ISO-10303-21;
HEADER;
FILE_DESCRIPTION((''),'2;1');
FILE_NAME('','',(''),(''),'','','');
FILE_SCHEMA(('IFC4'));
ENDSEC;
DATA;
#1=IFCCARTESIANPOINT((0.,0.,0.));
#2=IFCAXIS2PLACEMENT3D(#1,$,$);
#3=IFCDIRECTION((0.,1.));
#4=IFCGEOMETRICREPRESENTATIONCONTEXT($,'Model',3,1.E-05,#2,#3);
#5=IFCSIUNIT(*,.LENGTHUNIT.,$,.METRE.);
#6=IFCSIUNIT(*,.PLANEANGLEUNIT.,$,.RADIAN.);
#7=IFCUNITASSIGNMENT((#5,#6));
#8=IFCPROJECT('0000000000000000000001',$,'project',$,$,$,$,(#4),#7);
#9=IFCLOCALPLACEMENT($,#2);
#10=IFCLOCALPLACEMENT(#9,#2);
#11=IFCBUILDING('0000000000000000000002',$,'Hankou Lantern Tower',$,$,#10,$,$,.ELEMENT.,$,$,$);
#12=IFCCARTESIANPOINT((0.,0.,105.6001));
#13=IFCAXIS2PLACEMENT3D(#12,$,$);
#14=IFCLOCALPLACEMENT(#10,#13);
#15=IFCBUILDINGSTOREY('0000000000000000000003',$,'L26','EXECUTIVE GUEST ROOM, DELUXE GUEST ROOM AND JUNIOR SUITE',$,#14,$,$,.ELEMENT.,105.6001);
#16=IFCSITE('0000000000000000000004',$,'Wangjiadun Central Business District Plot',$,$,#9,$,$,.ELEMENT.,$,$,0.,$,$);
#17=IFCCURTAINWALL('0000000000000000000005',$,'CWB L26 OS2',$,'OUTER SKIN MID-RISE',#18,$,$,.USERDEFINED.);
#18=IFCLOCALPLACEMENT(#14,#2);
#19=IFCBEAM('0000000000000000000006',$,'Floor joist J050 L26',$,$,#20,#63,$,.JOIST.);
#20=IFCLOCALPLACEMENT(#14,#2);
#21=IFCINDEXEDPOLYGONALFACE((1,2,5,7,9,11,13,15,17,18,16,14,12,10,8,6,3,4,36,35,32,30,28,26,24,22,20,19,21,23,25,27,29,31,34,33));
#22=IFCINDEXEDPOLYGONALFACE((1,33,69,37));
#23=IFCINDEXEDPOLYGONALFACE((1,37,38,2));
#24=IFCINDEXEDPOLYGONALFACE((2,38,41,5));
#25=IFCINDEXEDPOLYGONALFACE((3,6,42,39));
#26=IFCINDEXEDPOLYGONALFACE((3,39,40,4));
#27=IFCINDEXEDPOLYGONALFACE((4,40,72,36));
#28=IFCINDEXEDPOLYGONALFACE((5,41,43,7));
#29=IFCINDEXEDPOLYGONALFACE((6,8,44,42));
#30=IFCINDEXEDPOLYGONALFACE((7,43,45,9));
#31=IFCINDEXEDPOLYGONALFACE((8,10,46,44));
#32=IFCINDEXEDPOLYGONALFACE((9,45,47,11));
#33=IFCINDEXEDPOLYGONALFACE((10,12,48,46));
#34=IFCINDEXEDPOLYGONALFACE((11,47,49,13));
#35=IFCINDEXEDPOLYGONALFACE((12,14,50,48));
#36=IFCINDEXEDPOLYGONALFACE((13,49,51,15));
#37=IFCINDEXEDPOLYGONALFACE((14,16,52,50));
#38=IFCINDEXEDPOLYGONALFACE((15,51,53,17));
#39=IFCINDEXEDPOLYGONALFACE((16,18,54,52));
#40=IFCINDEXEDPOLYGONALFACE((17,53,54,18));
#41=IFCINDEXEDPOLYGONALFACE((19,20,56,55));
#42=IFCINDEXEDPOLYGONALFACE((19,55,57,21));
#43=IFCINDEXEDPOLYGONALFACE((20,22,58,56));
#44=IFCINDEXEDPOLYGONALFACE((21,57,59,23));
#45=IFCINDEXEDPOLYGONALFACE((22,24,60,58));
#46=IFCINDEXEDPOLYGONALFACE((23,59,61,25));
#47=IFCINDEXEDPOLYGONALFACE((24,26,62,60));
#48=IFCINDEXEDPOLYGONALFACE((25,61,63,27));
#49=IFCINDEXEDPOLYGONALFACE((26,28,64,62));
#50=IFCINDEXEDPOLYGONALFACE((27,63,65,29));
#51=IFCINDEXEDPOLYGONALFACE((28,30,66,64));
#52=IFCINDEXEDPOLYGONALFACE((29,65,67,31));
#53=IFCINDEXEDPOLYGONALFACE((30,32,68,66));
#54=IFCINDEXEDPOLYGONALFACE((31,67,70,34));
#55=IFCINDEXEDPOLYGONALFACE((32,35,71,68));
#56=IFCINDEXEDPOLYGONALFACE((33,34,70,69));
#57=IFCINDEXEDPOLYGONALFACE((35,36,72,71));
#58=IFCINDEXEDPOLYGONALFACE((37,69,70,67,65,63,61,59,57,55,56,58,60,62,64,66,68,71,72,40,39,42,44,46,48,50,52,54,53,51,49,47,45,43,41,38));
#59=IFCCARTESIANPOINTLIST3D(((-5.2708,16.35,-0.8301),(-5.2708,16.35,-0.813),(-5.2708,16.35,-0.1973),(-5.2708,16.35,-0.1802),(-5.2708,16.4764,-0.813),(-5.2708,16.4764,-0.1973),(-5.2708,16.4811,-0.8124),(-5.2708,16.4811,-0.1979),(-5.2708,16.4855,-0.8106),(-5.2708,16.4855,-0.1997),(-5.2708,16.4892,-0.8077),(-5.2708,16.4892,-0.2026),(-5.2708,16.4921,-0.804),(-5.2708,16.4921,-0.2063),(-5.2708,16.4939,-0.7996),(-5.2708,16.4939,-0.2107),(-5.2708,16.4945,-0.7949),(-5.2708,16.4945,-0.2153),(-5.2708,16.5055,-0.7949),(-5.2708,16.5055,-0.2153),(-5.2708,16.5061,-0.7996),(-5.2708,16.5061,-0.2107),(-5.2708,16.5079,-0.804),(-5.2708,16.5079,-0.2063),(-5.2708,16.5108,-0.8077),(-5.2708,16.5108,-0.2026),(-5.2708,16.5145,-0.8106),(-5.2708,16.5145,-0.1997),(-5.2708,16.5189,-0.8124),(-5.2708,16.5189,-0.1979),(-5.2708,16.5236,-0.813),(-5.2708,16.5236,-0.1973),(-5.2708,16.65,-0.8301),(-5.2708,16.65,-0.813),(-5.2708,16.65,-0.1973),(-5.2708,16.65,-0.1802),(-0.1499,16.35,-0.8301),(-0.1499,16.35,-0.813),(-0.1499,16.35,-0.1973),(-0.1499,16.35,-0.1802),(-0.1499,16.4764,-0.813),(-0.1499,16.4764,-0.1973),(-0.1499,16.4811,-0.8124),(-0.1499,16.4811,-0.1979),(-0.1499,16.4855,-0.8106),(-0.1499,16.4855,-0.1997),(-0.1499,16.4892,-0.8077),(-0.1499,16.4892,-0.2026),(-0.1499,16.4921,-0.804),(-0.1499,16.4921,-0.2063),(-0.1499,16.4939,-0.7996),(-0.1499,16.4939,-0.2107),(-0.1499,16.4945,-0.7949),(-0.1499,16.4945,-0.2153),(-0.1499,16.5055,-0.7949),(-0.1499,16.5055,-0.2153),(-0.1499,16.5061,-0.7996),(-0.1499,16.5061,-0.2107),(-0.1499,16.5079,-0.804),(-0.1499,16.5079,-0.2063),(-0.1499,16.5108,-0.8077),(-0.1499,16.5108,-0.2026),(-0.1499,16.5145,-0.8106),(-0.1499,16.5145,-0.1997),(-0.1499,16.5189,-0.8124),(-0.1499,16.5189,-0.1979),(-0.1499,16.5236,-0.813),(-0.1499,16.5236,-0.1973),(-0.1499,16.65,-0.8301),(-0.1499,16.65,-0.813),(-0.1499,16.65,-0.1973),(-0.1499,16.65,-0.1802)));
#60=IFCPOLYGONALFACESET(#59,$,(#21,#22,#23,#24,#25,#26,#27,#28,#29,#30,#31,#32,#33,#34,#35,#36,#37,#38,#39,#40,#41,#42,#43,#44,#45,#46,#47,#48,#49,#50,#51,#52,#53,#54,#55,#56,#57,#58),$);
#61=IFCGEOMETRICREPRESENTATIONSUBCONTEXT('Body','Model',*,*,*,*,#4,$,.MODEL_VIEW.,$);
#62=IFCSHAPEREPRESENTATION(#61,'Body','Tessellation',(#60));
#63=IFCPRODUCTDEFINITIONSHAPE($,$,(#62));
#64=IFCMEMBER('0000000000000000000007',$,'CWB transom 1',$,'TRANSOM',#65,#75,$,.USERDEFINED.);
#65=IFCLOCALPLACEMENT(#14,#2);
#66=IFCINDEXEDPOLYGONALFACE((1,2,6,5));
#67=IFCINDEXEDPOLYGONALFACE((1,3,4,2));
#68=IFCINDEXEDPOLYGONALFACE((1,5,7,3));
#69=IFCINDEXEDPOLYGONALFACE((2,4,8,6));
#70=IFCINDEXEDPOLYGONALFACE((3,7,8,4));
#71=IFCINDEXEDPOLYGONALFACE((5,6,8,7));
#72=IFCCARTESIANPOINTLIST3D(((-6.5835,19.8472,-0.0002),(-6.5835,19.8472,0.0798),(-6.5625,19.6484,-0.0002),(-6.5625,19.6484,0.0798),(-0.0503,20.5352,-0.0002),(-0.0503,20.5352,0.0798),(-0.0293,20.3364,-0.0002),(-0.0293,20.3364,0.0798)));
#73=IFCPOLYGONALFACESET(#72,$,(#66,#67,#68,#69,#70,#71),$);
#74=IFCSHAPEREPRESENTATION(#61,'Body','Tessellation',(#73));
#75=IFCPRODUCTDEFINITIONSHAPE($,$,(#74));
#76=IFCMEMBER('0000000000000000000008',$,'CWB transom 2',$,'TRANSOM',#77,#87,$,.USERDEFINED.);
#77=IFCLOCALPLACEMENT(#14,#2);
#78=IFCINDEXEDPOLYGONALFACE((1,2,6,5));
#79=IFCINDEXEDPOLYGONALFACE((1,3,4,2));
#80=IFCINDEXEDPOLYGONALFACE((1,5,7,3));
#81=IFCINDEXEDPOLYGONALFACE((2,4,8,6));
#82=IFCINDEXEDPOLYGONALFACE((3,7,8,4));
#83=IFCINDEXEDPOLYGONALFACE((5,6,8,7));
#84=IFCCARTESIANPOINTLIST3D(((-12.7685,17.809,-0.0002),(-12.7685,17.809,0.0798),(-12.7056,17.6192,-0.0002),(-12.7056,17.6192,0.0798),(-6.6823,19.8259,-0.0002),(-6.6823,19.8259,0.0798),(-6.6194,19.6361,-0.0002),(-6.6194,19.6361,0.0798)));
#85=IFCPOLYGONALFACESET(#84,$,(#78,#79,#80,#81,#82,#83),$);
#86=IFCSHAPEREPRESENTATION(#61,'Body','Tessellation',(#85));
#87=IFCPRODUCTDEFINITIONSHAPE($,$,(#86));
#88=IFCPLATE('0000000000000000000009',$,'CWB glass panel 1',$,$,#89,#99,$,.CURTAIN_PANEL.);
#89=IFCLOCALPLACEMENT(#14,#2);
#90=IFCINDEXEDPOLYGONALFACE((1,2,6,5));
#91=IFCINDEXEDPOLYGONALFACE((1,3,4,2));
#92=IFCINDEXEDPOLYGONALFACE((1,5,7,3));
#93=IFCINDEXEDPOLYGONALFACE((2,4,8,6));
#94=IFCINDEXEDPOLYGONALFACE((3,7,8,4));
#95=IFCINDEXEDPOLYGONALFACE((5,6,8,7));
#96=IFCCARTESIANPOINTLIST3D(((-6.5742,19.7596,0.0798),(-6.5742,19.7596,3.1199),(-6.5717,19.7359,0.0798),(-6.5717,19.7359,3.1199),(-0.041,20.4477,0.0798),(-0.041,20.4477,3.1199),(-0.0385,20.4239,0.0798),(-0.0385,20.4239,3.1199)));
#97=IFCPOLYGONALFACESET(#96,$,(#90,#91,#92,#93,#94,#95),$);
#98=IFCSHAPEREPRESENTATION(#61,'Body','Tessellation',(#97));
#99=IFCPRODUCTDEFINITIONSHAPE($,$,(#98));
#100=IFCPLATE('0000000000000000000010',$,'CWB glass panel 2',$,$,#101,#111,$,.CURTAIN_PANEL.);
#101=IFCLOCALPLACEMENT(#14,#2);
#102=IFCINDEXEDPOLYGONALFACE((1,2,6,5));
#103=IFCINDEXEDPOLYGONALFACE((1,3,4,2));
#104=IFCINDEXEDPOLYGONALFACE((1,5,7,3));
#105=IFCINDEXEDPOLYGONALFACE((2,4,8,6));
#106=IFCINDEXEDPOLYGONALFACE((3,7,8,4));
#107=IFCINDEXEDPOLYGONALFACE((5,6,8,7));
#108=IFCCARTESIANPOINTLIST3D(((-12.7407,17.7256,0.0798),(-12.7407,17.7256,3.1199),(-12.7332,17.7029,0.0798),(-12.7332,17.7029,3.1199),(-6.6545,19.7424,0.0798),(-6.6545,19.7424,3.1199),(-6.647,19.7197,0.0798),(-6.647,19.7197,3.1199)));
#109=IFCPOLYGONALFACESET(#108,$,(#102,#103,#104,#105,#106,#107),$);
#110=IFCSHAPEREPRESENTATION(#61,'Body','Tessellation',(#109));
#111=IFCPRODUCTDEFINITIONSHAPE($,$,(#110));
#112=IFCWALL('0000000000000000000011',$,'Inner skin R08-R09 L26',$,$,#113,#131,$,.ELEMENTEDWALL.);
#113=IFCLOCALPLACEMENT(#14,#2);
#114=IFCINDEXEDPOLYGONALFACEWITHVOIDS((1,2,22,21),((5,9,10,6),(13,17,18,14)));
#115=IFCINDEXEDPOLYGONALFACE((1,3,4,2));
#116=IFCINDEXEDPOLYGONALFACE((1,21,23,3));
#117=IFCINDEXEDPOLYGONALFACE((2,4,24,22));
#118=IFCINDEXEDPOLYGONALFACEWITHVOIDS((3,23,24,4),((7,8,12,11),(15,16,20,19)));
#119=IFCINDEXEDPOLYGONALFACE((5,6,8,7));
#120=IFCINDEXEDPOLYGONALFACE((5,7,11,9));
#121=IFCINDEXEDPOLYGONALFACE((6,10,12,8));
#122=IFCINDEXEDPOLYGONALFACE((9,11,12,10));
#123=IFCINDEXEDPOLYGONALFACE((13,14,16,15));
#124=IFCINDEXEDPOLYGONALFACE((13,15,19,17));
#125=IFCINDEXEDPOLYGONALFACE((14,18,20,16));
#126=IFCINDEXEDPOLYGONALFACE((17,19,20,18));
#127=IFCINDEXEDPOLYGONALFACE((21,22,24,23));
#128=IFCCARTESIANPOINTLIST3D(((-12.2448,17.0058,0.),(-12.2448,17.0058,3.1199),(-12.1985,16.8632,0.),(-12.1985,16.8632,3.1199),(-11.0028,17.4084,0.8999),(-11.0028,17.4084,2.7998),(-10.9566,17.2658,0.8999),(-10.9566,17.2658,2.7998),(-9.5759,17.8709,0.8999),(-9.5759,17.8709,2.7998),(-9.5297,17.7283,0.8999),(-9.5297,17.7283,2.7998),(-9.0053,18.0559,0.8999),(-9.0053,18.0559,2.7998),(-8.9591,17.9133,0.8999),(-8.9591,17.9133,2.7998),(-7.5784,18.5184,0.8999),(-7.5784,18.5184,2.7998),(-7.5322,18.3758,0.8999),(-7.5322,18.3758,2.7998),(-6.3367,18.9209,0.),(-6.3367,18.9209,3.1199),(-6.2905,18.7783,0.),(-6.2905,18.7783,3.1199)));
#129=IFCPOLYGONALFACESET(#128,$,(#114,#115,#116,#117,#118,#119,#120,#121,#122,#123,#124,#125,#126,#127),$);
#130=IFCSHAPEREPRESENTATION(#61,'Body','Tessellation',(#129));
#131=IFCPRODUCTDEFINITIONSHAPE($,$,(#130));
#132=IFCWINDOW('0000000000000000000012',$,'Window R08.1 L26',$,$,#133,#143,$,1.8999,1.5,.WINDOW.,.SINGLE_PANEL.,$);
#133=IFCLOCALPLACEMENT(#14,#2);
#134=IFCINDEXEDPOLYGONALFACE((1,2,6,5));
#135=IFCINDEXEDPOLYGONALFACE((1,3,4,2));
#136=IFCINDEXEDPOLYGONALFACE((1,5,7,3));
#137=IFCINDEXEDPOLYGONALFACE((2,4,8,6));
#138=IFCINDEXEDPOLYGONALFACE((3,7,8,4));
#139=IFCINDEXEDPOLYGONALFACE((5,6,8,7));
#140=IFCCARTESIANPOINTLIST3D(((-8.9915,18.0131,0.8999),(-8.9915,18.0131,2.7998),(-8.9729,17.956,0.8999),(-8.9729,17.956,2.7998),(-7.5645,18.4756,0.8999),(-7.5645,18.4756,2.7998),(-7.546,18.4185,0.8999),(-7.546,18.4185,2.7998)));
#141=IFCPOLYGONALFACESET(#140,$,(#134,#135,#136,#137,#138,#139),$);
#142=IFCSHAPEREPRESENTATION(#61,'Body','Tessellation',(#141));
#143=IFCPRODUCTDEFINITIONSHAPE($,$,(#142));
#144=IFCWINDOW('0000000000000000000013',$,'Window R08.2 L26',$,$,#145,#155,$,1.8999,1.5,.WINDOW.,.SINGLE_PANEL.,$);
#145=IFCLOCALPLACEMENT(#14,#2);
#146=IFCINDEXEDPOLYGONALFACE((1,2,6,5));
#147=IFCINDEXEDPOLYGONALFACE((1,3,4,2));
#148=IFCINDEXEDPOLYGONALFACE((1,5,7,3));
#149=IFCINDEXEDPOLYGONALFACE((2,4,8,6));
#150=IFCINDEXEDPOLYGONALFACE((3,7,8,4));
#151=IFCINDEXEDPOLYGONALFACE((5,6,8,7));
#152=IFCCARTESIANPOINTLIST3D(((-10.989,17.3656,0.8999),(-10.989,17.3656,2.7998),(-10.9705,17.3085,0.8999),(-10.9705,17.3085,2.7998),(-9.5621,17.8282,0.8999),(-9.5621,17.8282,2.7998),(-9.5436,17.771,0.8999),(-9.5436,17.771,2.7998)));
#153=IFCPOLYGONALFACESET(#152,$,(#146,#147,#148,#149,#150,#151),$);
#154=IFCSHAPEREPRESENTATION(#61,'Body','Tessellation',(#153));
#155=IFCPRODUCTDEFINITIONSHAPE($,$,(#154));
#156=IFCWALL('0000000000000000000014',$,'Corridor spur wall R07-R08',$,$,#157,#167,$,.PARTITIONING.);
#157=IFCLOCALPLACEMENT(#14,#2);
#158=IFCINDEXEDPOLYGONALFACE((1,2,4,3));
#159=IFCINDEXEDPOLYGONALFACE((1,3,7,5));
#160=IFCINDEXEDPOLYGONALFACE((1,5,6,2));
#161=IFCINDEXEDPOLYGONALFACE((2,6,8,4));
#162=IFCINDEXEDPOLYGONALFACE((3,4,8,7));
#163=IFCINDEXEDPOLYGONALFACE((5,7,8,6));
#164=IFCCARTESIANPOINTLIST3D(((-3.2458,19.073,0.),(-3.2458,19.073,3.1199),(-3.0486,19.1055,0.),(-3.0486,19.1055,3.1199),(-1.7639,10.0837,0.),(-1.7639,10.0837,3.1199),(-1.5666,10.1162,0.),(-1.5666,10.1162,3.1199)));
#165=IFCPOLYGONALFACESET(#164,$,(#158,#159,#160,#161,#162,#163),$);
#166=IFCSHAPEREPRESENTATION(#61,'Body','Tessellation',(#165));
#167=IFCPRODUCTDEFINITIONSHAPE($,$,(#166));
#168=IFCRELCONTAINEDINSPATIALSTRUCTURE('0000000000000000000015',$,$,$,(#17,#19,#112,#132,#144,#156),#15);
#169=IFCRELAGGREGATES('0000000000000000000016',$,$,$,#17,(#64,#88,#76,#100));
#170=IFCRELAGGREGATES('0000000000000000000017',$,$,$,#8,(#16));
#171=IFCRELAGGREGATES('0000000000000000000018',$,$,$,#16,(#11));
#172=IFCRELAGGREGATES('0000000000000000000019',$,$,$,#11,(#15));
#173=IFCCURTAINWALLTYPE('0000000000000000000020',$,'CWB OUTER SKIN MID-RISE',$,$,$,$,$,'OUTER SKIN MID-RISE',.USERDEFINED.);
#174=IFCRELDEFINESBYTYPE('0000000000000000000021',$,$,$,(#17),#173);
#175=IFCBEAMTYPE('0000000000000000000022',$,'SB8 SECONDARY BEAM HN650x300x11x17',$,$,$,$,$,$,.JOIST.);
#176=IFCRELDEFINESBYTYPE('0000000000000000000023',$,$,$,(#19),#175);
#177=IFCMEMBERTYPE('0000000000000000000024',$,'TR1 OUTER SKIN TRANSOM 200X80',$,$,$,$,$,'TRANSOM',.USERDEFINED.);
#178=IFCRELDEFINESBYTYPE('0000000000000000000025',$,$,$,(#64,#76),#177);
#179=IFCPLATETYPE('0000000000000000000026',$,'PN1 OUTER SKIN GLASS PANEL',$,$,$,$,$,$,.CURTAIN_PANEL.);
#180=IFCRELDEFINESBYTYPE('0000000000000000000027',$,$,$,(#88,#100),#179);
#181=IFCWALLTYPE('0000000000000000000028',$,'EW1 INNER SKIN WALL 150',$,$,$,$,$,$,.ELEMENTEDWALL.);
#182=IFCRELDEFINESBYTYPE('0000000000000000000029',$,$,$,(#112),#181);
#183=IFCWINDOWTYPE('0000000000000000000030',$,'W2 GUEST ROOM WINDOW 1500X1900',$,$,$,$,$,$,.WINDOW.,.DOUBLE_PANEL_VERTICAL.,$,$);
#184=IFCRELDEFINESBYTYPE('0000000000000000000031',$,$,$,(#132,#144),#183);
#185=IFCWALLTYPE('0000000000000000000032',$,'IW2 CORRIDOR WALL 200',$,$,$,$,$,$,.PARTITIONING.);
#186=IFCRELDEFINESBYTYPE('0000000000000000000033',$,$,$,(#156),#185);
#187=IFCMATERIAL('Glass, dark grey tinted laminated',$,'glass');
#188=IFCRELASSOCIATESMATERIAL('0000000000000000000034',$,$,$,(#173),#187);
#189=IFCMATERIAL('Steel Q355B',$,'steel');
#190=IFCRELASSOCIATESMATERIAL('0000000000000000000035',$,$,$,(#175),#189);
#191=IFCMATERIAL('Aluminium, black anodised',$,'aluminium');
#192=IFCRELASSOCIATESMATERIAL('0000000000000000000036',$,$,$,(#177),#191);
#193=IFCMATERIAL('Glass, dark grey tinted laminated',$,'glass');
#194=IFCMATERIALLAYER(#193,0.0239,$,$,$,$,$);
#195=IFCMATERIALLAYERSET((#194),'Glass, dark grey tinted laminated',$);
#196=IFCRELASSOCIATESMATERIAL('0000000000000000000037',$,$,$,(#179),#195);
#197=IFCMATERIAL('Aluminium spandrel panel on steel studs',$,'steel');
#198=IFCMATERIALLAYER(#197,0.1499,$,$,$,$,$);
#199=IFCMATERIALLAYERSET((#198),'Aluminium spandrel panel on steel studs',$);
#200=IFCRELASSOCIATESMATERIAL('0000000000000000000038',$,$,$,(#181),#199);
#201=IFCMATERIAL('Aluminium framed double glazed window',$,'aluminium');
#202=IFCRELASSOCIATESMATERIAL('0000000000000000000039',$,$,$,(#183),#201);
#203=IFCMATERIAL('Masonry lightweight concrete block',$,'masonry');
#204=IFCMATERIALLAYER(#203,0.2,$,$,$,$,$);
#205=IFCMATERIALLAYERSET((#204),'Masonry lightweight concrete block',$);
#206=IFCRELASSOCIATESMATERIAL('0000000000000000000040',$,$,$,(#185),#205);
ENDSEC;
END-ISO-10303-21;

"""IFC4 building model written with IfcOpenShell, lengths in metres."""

from ifc_helpers import new_model, si_unit, direction, frame, frame_2d, origin, origin_2d, place, context, subcontext, project, spatial, rectangle, i_section, extrude, material, layer, layer_set, material_profile, profile_set, type_object, element, fill, aggregate, save


model = new_model("IFC4")

# Units and contexts
model_context = context("Model", 3, precision=1e-05, world=origin(), true_north=direction((0.0, 1.0)))
body_context = subcontext(model_context, "Body", "Model", "MODEL_VIEW")
ifc_project = project(units=[si_unit("LENGTHUNIT", "METRE"), si_unit("PLANEANGLEUNIT", "RADIAN")], contexts=[model_context])

# Site, building, storey
site_placement = place(None, origin())
site = spatial("IfcSite", under=ifc_project, at=site_placement, Name="Wangjiadun Central Business District Plot", CompositionType="ELEMENT", RefElevation=0.0)
building_placement = place(site_placement, origin())
building = spatial("IfcBuilding", under=site, at=building_placement, Name="Hankou Lantern Tower", CompositionType="ELEMENT")
storey_placement = place(building_placement, frame((0.0, 0.0, 105.6001)))
storey = spatial("IfcBuildingStorey", under=building, at=storey_placement, Name="L26", Description="EXECUTIVE GUEST ROOM, DELUXE GUEST ROOM AND JUNIOR SUITE", CompositionType="ELEMENT", Elevation=105.6001)

# Curtain wall
ifc_material_1 = material(Name="Glass, dark grey tinted laminated", Category="glass")
curtain_wall_type = type_object("IfcCurtainWallType", Name="CWB OUTER SKIN MID-RISE", ElementType="OUTER SKIN MID-RISE", PredefinedType="USERDEFINED", material=ifc_material_1)
curtain_wall_placement = place(storey_placement, origin())
curtain_wall = element("IfcCurtainWall", 1, at=curtain_wall_placement, inside=storey, type_object=curtain_wall_type, Name="CWB L26 OS2", ObjectType="OUTER SKIN MID-RISE", PredefinedType="USERDEFINED")

# Beam
ifc_material_2 = material(Name="Steel Q355B", Category="steel")
ifc_material_profile_1 = material_profile(ifc_material_2, i_section(OverallWidth=0.3, OverallDepth=0.6499, WebThickness=0.011, FlangeThickness=0.0171, FilletRadius=0.0181, at=origin_2d()), Name="HN650x300x11x17")
ifc_profile_set_1 = profile_set([ifc_material_profile_1], Name="Steel Q355B")
beam_type_1 = type_object("IfcBeamType", Name="SB8 SECONDARY BEAM HN650x300x11x17", PredefinedType="JOIST", material=ifc_profile_set_1)
beam_1_placement = place(storey_placement, frame((-5.2708, 16.5, -0.5051), z_axis=(1.0, 0.0, 0.0), x_axis=(0.0, 1.0, 0.0)))
element("IfcBeam", 2, at=beam_1_placement, inside=storey, type_object=beam_type_1, Name="Floor joist J050 L26", PredefinedType="JOIST", context=body_context, shape_type="SweptSolid", body=[
    extrude(i_section(OverallWidth=0.3, OverallDepth=0.6499, WebThickness=0.011, FlangeThickness=0.0171, FilletRadius=0.0181, at=origin_2d()), origin(), (0.0, 0.0, 1.0), 5.1208),
])

# Members
ifc_material_3 = material(Name="Aluminium, black anodised", Category="aluminium")
ifc_material_profile_2 = material_profile(ifc_material_3, rectangle(XDim=0.2, YDim=0.0801, at=origin_2d()), Name="TR1 200X80")
ifc_profile_set_2 = profile_set([ifc_material_profile_2], Name="Aluminium, black anodised")
member_type_1 = type_object("IfcMemberType", Name="TR1 OUTER SKIN TRANSOM 200X80", ElementType="TRANSOM", PredefinedType="USERDEFINED", material=ifc_profile_set_2)
member_1_placement = place(storey_placement, frame((-0.0398, 20.4358, 0.0398), z_axis=(-0.994501, -0.104727, 0.0), x_axis=(0.104727, -0.994501, 0.0)))
member_1 = element("IfcMember", 3, at=member_1_placement, type_object=member_type_1, Name="CWB transom 1", ObjectType="TRANSOM", PredefinedType="USERDEFINED", context=body_context, shape_type="SweptSolid", body=[
    extrude(rectangle(XDim=0.2, YDim=0.0801, at=origin_2d()), origin(), (0.0, 0.0, 1.0), 6.5693),
])
member_2_placement = place(storey_placement, frame((-6.6509, 19.731, 0.0398), z_axis=(-0.949238, -0.314559, 0.0), x_axis=(0.314559, -0.949238, 0.0)))
member_2 = element("IfcMember", 4, at=member_2_placement, type_object=member_type_1, Name="CWB transom 2", ObjectType="TRANSOM", PredefinedType="USERDEFINED", context=body_context, shape_type="SweptSolid", body=[
    extrude(rectangle(XDim=0.2, YDim=0.0801, at=origin_2d()), origin(), (0.0, 0.0, 1.0), 6.4116),
])

# Plates
ifc_material_4 = material(Name="Glass, dark grey tinted laminated", Category="glass")
ifc_layer_1 = layer(ifc_material_4, 0.0239)
ifc_layer_set_1 = layer_set([ifc_layer_1], Name="Glass, dark grey tinted laminated")
plate_type = type_object("IfcPlateType", Name="PN1 OUTER SKIN GLASS PANEL", PredefinedType="CURTAIN_PANEL", material=ifc_layer_set_1)
plate_1_placement = place(storey_placement, frame((-3.3064, 20.0918, 0.0798), z_axis=(0.0, 0.0, 1.0), x_axis=(-0.994499, -0.104743, 0.0)))
plate_1 = element("IfcPlate", 5, at=plate_1_placement, type_object=plate_type, Name="CWB glass panel 1", PredefinedType="CURTAIN_PANEL", context=body_context, shape_type="SweptSolid", body=[
    extrude(rectangle(XDim=6.5693, YDim=0.0239, at=origin_2d()), origin(), (0.0, 0.0, 1.0), 3.04),
])
plate_2_placement = place(storey_placement, frame((-9.6938, 18.7227, 0.0798), z_axis=(0.0, 0.0, 1.0), x_axis=(-0.949241, -0.314551, 0.0)))
plate_2 = element("IfcPlate", 6, at=plate_2_placement, type_object=plate_type, Name="CWB glass panel 2", PredefinedType="CURTAIN_PANEL", context=body_context, shape_type="SweptSolid", body=[
    extrude(rectangle(XDim=6.4116, YDim=0.0239, at=origin_2d()), origin(), (0.0, 0.0, 1.0), 3.04),
])
aggregate(curtain_wall, [member_1, plate_1, member_2, plate_2])

# Wall, openings, windows
ifc_material_5 = material(Name="Aluminium spandrel panel on steel studs", Category="steel")
ifc_layer_2 = layer(ifc_material_5, 0.1499)
ifc_layer_set_2 = layer_set([ifc_layer_2], Name="Aluminium spandrel panel on steel studs")
wall_type_1 = type_object("IfcWallType", Name="EW1 INNER SKIN WALL 150", PredefinedType="ELEMENTEDWALL", material=ifc_layer_set_2)
wall_1_placement = place(storey_placement, frame((-6.3135, 18.8496, 0.0), z_axis=(0.0, 0.0, 1.0), x_axis=(-0.951273, -0.308351, 0.0)))
wall_1 = element("IfcWall", 7, at=wall_1_placement, inside=storey, type_object=wall_type_1, Name="Inner skin R08-R09 L26", PredefinedType="ELEMENTEDWALL", context=body_context, shape_type="SweptSolid", body=[
    extrude(rectangle(XDim=6.2107, YDim=0.1499, at=frame_2d((3.1055, 0.0))), origin(), (0.0, 0.0, 1.0), 3.1199),
])
opening_1_placement = place(wall_1_placement, frame((1.3054, 0.0, 0.8999)))
opening_1 = element("IfcOpeningElement", 8, at=opening_1_placement, cuts=wall_1, PredefinedType="OPENING", context=body_context, shape_type="SweptSolid", body=[
    extrude(rectangle(XDim=1.5, YDim=1.8999, at=frame_2d((0.75, 0.95))), frame((0.0, 0.085, 0.0), z_axis=(0.0, -1.0, 0.0), x_axis=(1.0, 0.0, 0.0)), (0.0, 0.0, 1.0), 0.1699),
])
opening_2_placement = place(wall_1_placement, frame((3.4053, 0.0, 0.8999)))
opening_2 = element("IfcOpeningElement", 9, at=opening_2_placement, cuts=wall_1, PredefinedType="OPENING", context=body_context, shape_type="SweptSolid", body=[
    extrude(rectangle(XDim=1.5, YDim=1.8999, at=frame_2d((0.75, 0.95))), frame((0.0, 0.085, 0.0), z_axis=(0.0, -1.0, 0.0), x_axis=(1.0, 0.0, 0.0)), (0.0, 0.0, 1.0), 0.1699),
])
ifc_material_6 = material(Name="Aluminium framed double glazed window", Category="aluminium")
window_type = type_object("IfcWindowType", Name="W2 GUEST ROOM WINDOW 1500X1900", PartitioningType="DOUBLE_PANEL_VERTICAL", PredefinedType="WINDOW", material=ifc_material_6)
window_1_placement = place(opening_1_placement, origin())
window_1 = element("IfcWindow", 10, at=window_1_placement, inside=storey, type_object=window_type, Name="Window R08.1 L26", OverallHeight=1.8999, OverallWidth=1.5, PartitioningType="SINGLE_PANEL", PredefinedType="WINDOW", context=body_context, shape_type="SweptSolid", body=[
    extrude(rectangle(XDim=1.5, YDim=1.8999, at=frame_2d((0.75, 0.95))), frame((0.0, 0.03, 0.0), z_axis=(0.0, -1.0, 0.0), x_axis=(1.0, 0.0, 0.0)), (0.0, 0.0, 1.0), 0.0601),
])
fill(opening_1, window_1)
window_2_placement = place(opening_2_placement, origin())
window_2 = element("IfcWindow", 11, at=window_2_placement, inside=storey, type_object=window_type, Name="Window R08.2 L26", OverallHeight=1.8999, OverallWidth=1.5, PartitioningType="SINGLE_PANEL", PredefinedType="WINDOW", context=body_context, shape_type="SweptSolid", body=[
    extrude(rectangle(XDim=1.5, YDim=1.8999, at=frame_2d((0.75, 0.95))), frame((0.0, 0.03, 0.0), z_axis=(0.0, -1.0, 0.0), x_axis=(1.0, 0.0, 0.0)), (0.0, 0.0, 1.0), 0.0601),
])
fill(opening_2, window_2)

# Wall
ifc_material_7 = material(Name="Masonry lightweight concrete block", Category="masonry")
ifc_layer_3 = layer(ifc_material_7, 0.2)
ifc_layer_set_3 = layer_set([ifc_layer_3], Name="Masonry lightweight concrete block")
wall_type_2 = type_object("IfcWallType", Name="IW2 CORRIDOR WALL 200", PredefinedType="PARTITIONING", material=ifc_layer_set_3)
wall_2_placement = place(storey_placement, frame((-1.6653, 10.1001, 0.0), z_axis=(0.0, 0.0, 1.0), x_axis=(-0.162661, 0.986682, 0.0)))
element("IfcWall", 12, at=wall_2_placement, inside=storey, type_object=wall_type_2, Name="Corridor spur wall R07-R08", PredefinedType="PARTITIONING", context=body_context, shape_type="SweptSolid", body=[
    extrude(rectangle(XDim=9.1106, YDim=0.2, at=frame_2d((4.5552, 0.0))), origin(), (0.0, 0.0, 1.0), 3.1199),
])

save(model, "model.ifc")
